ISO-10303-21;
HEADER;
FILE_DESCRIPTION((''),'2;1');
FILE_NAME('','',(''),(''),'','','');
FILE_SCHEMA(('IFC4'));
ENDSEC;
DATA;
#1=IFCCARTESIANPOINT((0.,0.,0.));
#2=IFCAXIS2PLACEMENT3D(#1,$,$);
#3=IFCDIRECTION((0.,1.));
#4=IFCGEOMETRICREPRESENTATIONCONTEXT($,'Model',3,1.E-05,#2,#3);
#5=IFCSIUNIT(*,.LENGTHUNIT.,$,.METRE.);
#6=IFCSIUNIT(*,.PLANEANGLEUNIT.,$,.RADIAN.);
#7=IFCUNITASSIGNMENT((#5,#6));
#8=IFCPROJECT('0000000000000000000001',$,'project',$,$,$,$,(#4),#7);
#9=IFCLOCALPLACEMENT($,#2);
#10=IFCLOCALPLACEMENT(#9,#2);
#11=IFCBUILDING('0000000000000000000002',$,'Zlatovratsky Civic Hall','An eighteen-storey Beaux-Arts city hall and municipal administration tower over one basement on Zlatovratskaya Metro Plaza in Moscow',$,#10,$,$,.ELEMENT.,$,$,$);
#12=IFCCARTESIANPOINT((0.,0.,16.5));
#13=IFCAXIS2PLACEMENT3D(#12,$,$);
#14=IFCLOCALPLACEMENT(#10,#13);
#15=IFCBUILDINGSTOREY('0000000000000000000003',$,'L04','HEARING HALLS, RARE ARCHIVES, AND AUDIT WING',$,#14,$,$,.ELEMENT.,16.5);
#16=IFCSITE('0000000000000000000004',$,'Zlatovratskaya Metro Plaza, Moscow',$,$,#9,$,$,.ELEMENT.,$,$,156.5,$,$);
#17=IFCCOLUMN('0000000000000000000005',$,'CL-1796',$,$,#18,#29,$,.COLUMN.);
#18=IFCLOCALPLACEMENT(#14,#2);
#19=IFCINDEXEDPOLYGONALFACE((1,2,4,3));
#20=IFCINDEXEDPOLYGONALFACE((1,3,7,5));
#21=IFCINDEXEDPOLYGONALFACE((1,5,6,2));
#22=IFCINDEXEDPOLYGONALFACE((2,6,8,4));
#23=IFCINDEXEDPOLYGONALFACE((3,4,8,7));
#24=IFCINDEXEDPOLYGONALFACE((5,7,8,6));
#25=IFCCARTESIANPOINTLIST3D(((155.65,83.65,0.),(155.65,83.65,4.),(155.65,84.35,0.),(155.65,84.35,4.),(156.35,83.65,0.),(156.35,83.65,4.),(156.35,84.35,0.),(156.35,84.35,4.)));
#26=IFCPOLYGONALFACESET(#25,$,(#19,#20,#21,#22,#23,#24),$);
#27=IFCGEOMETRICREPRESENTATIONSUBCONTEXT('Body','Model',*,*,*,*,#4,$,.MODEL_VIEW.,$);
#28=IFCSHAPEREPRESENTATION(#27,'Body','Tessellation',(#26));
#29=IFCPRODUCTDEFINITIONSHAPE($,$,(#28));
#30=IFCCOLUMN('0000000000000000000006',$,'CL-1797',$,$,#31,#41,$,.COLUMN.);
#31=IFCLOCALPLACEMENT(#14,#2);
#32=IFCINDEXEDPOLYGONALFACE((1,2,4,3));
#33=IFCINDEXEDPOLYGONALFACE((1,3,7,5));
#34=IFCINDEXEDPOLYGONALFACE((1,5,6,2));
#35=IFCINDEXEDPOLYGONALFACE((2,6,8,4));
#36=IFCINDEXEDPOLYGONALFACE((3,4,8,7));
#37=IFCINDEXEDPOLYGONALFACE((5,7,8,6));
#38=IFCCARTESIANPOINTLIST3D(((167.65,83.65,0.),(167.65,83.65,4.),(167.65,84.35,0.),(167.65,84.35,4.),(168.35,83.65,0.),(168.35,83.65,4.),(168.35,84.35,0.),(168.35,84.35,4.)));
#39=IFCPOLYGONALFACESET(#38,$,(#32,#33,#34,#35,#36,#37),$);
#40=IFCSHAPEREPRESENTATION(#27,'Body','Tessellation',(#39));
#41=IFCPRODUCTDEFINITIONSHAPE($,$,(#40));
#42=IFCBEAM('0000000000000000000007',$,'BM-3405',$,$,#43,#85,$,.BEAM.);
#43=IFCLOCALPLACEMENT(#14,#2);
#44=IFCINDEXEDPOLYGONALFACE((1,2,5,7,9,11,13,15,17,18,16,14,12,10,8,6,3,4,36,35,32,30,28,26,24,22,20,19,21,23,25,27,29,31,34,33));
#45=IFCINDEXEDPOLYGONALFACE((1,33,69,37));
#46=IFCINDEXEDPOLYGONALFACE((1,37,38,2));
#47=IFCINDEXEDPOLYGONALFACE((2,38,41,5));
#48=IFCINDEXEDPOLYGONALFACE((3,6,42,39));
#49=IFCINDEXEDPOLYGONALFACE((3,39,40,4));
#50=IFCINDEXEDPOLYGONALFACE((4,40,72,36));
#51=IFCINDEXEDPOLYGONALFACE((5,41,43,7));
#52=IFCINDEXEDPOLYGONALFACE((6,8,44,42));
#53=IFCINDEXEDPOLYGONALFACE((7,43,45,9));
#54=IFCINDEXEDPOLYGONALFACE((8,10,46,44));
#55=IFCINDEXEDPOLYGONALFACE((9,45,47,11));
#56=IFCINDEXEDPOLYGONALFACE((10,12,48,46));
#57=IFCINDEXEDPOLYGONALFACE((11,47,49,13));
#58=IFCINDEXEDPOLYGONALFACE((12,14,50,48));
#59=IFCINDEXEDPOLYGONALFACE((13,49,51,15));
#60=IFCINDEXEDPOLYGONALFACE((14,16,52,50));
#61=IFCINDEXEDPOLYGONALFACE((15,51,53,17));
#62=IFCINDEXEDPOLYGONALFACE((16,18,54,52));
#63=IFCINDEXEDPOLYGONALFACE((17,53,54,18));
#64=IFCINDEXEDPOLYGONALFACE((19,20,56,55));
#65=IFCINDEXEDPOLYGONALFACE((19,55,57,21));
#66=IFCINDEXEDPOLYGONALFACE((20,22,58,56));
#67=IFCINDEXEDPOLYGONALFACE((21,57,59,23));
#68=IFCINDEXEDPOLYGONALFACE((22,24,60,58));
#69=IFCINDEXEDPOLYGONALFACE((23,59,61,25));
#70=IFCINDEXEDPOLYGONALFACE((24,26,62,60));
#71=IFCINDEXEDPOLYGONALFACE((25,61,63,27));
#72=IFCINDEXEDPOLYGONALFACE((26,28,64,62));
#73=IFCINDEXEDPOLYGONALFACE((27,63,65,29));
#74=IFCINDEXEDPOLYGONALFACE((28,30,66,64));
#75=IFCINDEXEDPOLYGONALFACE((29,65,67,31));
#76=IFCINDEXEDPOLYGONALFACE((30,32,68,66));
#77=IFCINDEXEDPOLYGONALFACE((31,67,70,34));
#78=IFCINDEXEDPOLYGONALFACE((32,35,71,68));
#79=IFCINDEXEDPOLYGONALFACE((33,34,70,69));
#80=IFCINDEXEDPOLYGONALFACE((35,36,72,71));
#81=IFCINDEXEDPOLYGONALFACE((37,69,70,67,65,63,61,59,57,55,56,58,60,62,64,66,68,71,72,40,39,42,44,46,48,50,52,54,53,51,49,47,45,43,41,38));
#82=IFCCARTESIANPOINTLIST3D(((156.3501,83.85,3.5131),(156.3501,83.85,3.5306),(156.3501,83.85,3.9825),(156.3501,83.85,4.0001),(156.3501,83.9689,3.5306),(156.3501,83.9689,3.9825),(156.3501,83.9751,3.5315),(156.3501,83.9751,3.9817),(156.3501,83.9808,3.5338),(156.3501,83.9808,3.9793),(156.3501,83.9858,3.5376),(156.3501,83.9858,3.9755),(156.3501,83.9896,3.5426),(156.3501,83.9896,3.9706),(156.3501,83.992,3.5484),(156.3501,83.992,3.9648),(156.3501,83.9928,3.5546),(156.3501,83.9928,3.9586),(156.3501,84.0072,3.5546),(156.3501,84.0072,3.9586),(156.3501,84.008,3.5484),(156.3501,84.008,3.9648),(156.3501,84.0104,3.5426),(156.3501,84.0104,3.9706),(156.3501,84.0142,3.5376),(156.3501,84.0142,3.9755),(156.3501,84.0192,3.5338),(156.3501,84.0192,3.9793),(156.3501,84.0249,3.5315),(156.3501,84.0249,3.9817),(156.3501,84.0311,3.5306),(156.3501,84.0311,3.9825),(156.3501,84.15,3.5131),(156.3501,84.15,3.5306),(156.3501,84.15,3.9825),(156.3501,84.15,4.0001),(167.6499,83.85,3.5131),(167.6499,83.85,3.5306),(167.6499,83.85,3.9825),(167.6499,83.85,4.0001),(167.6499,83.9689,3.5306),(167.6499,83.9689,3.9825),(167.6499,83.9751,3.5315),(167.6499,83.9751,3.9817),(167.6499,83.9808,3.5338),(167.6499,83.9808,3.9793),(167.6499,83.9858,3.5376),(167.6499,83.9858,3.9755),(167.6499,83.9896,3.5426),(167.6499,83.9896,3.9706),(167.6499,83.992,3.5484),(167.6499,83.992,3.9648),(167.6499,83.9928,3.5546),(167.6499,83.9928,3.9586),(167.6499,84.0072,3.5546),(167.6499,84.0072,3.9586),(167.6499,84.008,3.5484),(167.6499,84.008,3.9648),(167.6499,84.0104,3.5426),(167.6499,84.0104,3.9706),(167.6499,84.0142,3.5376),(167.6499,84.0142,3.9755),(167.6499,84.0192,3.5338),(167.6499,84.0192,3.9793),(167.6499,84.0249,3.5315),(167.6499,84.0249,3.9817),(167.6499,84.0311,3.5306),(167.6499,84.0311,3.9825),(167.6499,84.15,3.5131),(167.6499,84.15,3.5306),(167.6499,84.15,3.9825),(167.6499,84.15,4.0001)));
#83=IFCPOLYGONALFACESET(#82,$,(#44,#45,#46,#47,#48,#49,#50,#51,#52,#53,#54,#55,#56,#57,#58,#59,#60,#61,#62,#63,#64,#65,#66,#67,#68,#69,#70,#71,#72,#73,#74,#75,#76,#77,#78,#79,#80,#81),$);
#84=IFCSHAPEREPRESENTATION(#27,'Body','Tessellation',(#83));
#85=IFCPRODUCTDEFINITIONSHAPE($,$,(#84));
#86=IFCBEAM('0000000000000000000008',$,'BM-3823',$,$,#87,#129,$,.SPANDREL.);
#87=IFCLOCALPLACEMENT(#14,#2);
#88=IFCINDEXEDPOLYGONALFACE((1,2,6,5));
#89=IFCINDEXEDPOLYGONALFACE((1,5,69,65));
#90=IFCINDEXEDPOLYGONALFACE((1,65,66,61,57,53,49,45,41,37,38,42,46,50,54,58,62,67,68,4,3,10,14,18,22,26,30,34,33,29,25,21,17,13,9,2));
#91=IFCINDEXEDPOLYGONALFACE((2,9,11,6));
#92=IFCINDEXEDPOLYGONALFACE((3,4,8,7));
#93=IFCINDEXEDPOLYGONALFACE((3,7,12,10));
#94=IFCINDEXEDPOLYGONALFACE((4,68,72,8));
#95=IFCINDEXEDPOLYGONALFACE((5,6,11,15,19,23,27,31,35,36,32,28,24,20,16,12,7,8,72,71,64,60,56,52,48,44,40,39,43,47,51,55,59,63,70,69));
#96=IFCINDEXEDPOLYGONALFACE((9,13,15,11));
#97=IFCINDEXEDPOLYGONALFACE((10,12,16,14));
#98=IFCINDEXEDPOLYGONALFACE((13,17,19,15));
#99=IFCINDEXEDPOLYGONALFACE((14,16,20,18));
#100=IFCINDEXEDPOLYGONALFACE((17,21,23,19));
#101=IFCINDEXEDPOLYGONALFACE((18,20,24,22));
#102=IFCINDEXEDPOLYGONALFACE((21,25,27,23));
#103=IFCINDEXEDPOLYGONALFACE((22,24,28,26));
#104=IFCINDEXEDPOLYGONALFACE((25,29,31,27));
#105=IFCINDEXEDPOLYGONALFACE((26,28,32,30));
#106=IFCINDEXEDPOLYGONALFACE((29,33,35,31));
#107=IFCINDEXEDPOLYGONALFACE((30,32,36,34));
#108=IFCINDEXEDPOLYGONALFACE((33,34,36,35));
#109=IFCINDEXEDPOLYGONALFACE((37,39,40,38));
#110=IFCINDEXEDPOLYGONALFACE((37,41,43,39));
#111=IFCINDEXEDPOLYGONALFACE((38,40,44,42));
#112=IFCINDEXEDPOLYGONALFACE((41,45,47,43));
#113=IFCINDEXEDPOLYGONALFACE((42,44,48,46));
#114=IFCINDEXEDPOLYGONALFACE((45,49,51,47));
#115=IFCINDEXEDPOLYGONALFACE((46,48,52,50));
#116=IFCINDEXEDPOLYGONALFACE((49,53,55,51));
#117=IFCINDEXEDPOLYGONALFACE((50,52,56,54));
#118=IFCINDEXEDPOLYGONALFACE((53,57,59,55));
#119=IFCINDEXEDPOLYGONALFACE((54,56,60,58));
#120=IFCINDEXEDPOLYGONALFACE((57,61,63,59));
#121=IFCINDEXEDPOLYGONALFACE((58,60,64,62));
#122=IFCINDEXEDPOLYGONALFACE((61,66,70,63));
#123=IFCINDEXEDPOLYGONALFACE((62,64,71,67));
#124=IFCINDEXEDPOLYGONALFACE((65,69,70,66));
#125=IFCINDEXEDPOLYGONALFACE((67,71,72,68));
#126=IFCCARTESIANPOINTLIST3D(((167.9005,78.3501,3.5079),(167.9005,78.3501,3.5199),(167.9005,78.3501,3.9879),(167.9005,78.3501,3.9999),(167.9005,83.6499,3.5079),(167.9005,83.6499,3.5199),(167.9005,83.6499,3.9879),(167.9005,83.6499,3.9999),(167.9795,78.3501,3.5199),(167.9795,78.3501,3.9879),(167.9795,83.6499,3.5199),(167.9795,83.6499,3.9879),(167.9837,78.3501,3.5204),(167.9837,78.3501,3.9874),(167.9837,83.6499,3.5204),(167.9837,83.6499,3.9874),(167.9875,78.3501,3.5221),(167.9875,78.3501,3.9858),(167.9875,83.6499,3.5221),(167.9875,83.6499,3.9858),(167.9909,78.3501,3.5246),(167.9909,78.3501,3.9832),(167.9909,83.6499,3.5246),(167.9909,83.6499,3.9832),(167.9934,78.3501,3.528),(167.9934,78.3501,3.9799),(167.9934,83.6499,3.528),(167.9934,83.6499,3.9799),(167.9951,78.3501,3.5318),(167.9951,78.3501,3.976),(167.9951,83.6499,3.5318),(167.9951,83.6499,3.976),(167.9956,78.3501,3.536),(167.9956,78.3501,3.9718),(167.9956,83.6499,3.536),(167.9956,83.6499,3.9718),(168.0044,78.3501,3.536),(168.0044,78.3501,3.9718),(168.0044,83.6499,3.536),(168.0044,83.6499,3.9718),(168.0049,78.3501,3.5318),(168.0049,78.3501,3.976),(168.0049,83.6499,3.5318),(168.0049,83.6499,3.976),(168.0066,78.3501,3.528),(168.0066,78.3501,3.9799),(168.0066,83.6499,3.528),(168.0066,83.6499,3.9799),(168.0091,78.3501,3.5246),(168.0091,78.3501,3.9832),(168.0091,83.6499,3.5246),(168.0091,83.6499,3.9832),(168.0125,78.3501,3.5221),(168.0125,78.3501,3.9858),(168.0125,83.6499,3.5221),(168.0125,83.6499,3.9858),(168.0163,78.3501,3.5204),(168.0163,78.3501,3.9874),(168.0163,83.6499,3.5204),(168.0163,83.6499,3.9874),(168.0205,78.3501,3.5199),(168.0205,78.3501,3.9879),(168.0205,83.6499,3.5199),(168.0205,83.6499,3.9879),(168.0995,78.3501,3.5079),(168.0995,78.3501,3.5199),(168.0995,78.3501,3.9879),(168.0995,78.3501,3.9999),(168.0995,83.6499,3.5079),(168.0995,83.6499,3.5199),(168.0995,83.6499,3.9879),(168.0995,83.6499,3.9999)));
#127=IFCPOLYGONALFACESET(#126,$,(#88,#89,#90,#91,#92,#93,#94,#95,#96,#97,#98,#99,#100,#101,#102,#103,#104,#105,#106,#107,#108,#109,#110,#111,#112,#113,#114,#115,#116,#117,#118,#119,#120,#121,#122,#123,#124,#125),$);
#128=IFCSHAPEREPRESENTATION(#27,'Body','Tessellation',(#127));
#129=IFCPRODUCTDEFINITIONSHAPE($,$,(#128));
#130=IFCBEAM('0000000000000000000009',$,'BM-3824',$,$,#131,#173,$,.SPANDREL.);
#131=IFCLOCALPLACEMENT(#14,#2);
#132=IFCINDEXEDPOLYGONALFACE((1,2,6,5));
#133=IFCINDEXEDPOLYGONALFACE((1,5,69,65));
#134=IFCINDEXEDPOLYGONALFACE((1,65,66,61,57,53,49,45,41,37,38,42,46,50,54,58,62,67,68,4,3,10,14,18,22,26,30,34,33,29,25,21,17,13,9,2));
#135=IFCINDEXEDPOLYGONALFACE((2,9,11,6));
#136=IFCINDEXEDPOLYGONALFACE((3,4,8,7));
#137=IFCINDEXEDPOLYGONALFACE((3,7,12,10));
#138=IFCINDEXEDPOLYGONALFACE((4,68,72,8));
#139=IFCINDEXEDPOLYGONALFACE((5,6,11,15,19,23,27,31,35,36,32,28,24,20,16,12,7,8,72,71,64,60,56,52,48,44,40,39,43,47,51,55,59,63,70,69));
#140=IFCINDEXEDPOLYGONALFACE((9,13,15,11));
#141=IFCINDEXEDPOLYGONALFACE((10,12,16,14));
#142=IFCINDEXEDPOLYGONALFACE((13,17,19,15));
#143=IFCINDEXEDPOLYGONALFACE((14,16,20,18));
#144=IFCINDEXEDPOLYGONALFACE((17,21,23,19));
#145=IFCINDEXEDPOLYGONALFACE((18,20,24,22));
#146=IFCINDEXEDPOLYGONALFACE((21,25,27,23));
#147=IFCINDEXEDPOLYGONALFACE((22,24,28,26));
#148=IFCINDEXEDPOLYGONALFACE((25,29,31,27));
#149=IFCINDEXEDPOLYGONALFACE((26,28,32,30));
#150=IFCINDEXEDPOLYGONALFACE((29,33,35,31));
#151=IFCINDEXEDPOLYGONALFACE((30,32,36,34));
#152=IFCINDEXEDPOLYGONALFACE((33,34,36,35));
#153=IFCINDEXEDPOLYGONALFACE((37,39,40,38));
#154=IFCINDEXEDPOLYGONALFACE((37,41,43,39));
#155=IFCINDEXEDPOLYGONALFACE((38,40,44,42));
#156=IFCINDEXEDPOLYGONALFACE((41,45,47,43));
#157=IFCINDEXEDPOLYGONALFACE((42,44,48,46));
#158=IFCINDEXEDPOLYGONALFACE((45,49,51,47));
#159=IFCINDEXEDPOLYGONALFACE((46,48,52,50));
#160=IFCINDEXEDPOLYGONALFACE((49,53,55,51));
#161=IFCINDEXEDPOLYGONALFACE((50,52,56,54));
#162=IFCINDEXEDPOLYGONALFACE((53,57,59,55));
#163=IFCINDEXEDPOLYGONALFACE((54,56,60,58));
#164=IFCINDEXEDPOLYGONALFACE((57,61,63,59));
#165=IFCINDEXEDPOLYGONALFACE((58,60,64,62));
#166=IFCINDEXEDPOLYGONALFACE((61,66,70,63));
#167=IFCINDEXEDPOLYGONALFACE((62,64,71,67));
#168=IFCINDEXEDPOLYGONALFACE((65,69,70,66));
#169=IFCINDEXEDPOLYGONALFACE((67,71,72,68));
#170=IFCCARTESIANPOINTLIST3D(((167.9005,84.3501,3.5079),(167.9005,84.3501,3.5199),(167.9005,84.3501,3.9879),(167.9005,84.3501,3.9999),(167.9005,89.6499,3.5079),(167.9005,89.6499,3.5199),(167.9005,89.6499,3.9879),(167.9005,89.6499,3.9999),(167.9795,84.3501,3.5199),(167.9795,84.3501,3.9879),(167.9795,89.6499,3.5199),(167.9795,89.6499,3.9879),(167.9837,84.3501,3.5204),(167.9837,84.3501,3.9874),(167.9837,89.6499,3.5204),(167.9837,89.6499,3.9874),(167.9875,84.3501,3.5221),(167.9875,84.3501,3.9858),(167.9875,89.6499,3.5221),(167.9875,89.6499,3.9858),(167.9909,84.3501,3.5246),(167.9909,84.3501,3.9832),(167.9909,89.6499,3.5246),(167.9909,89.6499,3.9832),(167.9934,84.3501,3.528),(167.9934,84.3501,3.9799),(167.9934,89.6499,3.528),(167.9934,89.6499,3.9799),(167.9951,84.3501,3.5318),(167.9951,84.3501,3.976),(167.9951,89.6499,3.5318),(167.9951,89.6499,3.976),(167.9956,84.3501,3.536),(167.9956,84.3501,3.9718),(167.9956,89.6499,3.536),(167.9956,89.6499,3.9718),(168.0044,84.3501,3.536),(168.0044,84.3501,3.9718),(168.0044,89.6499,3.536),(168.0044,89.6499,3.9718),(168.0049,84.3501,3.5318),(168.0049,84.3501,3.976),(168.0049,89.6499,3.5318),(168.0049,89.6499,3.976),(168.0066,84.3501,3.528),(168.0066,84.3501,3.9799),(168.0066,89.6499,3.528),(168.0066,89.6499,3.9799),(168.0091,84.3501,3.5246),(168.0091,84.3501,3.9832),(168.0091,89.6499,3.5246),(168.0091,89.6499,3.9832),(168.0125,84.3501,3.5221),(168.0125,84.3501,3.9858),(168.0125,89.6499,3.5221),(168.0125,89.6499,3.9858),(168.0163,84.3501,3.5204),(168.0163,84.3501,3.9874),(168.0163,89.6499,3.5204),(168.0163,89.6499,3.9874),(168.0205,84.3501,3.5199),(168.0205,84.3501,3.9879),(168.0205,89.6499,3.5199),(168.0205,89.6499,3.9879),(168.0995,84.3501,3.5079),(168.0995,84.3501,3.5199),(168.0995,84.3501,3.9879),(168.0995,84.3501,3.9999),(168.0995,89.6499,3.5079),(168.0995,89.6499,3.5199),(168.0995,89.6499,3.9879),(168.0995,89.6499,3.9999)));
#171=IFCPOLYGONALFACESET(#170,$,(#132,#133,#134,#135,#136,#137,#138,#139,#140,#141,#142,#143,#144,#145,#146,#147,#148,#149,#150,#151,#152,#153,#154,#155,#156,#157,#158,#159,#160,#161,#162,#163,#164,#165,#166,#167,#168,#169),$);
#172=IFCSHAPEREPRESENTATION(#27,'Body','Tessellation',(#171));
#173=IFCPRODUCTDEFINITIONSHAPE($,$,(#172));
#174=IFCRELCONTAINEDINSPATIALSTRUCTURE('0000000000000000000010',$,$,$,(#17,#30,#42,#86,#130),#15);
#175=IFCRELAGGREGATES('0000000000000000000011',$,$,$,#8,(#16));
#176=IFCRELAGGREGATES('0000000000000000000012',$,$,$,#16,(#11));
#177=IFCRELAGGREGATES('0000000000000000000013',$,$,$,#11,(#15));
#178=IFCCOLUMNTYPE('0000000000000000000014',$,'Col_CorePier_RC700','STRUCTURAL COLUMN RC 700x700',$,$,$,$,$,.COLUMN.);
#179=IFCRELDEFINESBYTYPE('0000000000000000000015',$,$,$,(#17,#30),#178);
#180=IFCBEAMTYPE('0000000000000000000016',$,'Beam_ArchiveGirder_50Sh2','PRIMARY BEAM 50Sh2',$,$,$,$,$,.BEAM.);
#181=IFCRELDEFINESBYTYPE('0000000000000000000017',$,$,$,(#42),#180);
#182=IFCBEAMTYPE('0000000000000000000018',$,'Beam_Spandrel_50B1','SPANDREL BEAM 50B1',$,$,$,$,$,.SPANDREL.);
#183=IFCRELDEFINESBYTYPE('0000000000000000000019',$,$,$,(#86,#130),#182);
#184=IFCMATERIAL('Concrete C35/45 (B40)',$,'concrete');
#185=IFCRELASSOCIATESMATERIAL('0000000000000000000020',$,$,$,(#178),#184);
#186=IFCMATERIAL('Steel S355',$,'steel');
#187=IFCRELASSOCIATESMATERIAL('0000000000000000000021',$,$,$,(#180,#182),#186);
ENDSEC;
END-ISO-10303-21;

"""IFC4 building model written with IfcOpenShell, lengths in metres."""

from ifc_helpers import new_model, si_unit, direction, frame, origin, origin_2d, place, context, subcontext, project, spatial, rectangle, i_section, extrude, material, material_profile, profile_set, type_object, element, save


model = new_model("IFC4")

# Units and contexts
model_context = context("Model", 3, precision=1e-05, world=origin(), true_north=direction((0.0, 1.0)))
body_context = subcontext(model_context, "Body", "Model", "MODEL_VIEW")
ifc_project = project(units=[si_unit("LENGTHUNIT", "METRE"), si_unit("PLANEANGLEUNIT", "RADIAN")], contexts=[model_context])

# Site, building, storey
site_placement = place(None, origin())
site = spatial("IfcSite", under=ifc_project, at=site_placement, Name="Zlatovratskaya Metro Plaza, Moscow", CompositionType="ELEMENT", RefElevation=156.5)
building_placement = place(site_placement, origin())
building = spatial("IfcBuilding", under=site, at=building_placement, Name="Zlatovratsky Civic Hall", Description="An eighteen-storey Beaux-Arts city hall and municipal administration tower over one basement on Zlatovratskaya Metro Plaza in Moscow", CompositionType="ELEMENT")
storey_placement = place(building_placement, frame((0.0, 0.0, 16.5)))
storey = spatial("IfcBuildingStorey", under=building, at=storey_placement, Name="L04", Description="HEARING HALLS, RARE ARCHIVES, AND AUDIT WING", CompositionType="ELEMENT", Elevation=16.5)

# Columns
ifc_material_1 = material(Name="Concrete C35/45 (B40)", Category="concrete")
ifc_material_profile_1 = material_profile(ifc_material_1, rectangle(XDim=0.7, YDim=0.7, at=origin_2d()), Name="RC 700x700")
ifc_profile_set_1 = profile_set([ifc_material_profile_1], Name="Concrete C35/45 (B40)")
column_type = type_object("IfcColumnType", Name="Col_CorePier_RC700", Description="STRUCTURAL COLUMN RC 700x700", PredefinedType="COLUMN", material=ifc_profile_set_1)
for number, where, z_axis, x_axis, name in (
    (1, (156.0, 84.0, 0.0), (0.0, 0.0, 1.0), (1.0, 0.0, 0.0), "CL-1796"),
    (2, (168.0, 84.0, 0.0), (0.0, 0.0, 1.0), (1.0, 0.0, 0.0), "CL-1797"),
):
    element("IfcColumn", number, at=place(storey_placement, frame(where, z_axis=z_axis, x_axis=x_axis)), inside=storey, type_object=column_type, Name=name, PredefinedType="COLUMN", context=body_context, shape_type="SweptSolid", body=[
        extrude(rectangle(XDim=0.7, YDim=0.7, at=origin_2d()), origin(), (0.0, 0.0, 1.0), 4.0),
    ])

# Beams
ifc_material_2 = material(Name="Steel S355", Category="steel")
ifc_material_profile_2 = material_profile(ifc_material_2, i_section(OverallWidth=0.3, OverallDepth=0.4871, WebThickness=0.0144, FlangeThickness=0.0176, FilletRadius=0.0239, at=origin_2d()), Name="50Sh2")
ifc_profile_set_2 = profile_set([ifc_material_profile_2], Name="Steel S355")
beam_type_1 = type_object("IfcBeamType", Name="Beam_ArchiveGirder_50Sh2", Description="PRIMARY BEAM 50Sh2", PredefinedType="BEAM", material=ifc_profile_set_2)
beam_placement = place(storey_placement, frame((156.3501, 84.0, 3.7566), z_axis=(1.0, 0.0, 0.0), x_axis=(0.0, 1.0, 0.0)))
element("IfcBeam", 3, at=beam_placement, inside=storey, type_object=beam_type_1, Name="BM-3405", PredefinedType="BEAM", context=body_context, shape_type="SweptSolid", body=[
    extrude(i_section(OverallWidth=0.3, OverallDepth=0.4871, WebThickness=0.0144, FlangeThickness=0.0176, FilletRadius=0.0239, at=origin_2d()), origin(), (0.0, 0.0, 1.0), 11.2998),
])
ifc_material_profile_3 = material_profile(ifc_material_2, i_section(OverallWidth=0.199, OverallDepth=0.4919, WebThickness=0.0088, FlangeThickness=0.012, FilletRadius=0.0161, at=origin_2d()), Name="50B1")
ifc_profile_set_3 = profile_set([ifc_material_profile_3], Name="Steel S355")
beam_type_2 = type_object("IfcBeamType", Name="Beam_Spandrel_50B1", Description="SPANDREL BEAM 50B1", PredefinedType="SPANDREL", material=ifc_profile_set_3)
for number, where, z_axis, x_axis, name in (
    (4, (168.0, 78.3501, 3.7539), (0.0, 1.0, 0.0), (-1.0, 0.0, 0.0), "BM-3823"),
    (5, (168.0, 84.3501, 3.7539), (0.0, 1.0, 0.0), (-1.0, 0.0, 0.0), "BM-3824"),
):
    element("IfcBeam", number, at=place(storey_placement, frame(where, z_axis=z_axis, x_axis=x_axis)), inside=storey, type_object=beam_type_2, Name=name, PredefinedType="SPANDREL", context=body_context, shape_type="SweptSolid", body=[
        extrude(i_section(OverallWidth=0.199, OverallDepth=0.4919, WebThickness=0.0088, FlangeThickness=0.012, FilletRadius=0.0161, at=origin_2d()), origin(), (0.0, 0.0, 1.0), 5.2998),
    ])

save(model, "model.ifc")
